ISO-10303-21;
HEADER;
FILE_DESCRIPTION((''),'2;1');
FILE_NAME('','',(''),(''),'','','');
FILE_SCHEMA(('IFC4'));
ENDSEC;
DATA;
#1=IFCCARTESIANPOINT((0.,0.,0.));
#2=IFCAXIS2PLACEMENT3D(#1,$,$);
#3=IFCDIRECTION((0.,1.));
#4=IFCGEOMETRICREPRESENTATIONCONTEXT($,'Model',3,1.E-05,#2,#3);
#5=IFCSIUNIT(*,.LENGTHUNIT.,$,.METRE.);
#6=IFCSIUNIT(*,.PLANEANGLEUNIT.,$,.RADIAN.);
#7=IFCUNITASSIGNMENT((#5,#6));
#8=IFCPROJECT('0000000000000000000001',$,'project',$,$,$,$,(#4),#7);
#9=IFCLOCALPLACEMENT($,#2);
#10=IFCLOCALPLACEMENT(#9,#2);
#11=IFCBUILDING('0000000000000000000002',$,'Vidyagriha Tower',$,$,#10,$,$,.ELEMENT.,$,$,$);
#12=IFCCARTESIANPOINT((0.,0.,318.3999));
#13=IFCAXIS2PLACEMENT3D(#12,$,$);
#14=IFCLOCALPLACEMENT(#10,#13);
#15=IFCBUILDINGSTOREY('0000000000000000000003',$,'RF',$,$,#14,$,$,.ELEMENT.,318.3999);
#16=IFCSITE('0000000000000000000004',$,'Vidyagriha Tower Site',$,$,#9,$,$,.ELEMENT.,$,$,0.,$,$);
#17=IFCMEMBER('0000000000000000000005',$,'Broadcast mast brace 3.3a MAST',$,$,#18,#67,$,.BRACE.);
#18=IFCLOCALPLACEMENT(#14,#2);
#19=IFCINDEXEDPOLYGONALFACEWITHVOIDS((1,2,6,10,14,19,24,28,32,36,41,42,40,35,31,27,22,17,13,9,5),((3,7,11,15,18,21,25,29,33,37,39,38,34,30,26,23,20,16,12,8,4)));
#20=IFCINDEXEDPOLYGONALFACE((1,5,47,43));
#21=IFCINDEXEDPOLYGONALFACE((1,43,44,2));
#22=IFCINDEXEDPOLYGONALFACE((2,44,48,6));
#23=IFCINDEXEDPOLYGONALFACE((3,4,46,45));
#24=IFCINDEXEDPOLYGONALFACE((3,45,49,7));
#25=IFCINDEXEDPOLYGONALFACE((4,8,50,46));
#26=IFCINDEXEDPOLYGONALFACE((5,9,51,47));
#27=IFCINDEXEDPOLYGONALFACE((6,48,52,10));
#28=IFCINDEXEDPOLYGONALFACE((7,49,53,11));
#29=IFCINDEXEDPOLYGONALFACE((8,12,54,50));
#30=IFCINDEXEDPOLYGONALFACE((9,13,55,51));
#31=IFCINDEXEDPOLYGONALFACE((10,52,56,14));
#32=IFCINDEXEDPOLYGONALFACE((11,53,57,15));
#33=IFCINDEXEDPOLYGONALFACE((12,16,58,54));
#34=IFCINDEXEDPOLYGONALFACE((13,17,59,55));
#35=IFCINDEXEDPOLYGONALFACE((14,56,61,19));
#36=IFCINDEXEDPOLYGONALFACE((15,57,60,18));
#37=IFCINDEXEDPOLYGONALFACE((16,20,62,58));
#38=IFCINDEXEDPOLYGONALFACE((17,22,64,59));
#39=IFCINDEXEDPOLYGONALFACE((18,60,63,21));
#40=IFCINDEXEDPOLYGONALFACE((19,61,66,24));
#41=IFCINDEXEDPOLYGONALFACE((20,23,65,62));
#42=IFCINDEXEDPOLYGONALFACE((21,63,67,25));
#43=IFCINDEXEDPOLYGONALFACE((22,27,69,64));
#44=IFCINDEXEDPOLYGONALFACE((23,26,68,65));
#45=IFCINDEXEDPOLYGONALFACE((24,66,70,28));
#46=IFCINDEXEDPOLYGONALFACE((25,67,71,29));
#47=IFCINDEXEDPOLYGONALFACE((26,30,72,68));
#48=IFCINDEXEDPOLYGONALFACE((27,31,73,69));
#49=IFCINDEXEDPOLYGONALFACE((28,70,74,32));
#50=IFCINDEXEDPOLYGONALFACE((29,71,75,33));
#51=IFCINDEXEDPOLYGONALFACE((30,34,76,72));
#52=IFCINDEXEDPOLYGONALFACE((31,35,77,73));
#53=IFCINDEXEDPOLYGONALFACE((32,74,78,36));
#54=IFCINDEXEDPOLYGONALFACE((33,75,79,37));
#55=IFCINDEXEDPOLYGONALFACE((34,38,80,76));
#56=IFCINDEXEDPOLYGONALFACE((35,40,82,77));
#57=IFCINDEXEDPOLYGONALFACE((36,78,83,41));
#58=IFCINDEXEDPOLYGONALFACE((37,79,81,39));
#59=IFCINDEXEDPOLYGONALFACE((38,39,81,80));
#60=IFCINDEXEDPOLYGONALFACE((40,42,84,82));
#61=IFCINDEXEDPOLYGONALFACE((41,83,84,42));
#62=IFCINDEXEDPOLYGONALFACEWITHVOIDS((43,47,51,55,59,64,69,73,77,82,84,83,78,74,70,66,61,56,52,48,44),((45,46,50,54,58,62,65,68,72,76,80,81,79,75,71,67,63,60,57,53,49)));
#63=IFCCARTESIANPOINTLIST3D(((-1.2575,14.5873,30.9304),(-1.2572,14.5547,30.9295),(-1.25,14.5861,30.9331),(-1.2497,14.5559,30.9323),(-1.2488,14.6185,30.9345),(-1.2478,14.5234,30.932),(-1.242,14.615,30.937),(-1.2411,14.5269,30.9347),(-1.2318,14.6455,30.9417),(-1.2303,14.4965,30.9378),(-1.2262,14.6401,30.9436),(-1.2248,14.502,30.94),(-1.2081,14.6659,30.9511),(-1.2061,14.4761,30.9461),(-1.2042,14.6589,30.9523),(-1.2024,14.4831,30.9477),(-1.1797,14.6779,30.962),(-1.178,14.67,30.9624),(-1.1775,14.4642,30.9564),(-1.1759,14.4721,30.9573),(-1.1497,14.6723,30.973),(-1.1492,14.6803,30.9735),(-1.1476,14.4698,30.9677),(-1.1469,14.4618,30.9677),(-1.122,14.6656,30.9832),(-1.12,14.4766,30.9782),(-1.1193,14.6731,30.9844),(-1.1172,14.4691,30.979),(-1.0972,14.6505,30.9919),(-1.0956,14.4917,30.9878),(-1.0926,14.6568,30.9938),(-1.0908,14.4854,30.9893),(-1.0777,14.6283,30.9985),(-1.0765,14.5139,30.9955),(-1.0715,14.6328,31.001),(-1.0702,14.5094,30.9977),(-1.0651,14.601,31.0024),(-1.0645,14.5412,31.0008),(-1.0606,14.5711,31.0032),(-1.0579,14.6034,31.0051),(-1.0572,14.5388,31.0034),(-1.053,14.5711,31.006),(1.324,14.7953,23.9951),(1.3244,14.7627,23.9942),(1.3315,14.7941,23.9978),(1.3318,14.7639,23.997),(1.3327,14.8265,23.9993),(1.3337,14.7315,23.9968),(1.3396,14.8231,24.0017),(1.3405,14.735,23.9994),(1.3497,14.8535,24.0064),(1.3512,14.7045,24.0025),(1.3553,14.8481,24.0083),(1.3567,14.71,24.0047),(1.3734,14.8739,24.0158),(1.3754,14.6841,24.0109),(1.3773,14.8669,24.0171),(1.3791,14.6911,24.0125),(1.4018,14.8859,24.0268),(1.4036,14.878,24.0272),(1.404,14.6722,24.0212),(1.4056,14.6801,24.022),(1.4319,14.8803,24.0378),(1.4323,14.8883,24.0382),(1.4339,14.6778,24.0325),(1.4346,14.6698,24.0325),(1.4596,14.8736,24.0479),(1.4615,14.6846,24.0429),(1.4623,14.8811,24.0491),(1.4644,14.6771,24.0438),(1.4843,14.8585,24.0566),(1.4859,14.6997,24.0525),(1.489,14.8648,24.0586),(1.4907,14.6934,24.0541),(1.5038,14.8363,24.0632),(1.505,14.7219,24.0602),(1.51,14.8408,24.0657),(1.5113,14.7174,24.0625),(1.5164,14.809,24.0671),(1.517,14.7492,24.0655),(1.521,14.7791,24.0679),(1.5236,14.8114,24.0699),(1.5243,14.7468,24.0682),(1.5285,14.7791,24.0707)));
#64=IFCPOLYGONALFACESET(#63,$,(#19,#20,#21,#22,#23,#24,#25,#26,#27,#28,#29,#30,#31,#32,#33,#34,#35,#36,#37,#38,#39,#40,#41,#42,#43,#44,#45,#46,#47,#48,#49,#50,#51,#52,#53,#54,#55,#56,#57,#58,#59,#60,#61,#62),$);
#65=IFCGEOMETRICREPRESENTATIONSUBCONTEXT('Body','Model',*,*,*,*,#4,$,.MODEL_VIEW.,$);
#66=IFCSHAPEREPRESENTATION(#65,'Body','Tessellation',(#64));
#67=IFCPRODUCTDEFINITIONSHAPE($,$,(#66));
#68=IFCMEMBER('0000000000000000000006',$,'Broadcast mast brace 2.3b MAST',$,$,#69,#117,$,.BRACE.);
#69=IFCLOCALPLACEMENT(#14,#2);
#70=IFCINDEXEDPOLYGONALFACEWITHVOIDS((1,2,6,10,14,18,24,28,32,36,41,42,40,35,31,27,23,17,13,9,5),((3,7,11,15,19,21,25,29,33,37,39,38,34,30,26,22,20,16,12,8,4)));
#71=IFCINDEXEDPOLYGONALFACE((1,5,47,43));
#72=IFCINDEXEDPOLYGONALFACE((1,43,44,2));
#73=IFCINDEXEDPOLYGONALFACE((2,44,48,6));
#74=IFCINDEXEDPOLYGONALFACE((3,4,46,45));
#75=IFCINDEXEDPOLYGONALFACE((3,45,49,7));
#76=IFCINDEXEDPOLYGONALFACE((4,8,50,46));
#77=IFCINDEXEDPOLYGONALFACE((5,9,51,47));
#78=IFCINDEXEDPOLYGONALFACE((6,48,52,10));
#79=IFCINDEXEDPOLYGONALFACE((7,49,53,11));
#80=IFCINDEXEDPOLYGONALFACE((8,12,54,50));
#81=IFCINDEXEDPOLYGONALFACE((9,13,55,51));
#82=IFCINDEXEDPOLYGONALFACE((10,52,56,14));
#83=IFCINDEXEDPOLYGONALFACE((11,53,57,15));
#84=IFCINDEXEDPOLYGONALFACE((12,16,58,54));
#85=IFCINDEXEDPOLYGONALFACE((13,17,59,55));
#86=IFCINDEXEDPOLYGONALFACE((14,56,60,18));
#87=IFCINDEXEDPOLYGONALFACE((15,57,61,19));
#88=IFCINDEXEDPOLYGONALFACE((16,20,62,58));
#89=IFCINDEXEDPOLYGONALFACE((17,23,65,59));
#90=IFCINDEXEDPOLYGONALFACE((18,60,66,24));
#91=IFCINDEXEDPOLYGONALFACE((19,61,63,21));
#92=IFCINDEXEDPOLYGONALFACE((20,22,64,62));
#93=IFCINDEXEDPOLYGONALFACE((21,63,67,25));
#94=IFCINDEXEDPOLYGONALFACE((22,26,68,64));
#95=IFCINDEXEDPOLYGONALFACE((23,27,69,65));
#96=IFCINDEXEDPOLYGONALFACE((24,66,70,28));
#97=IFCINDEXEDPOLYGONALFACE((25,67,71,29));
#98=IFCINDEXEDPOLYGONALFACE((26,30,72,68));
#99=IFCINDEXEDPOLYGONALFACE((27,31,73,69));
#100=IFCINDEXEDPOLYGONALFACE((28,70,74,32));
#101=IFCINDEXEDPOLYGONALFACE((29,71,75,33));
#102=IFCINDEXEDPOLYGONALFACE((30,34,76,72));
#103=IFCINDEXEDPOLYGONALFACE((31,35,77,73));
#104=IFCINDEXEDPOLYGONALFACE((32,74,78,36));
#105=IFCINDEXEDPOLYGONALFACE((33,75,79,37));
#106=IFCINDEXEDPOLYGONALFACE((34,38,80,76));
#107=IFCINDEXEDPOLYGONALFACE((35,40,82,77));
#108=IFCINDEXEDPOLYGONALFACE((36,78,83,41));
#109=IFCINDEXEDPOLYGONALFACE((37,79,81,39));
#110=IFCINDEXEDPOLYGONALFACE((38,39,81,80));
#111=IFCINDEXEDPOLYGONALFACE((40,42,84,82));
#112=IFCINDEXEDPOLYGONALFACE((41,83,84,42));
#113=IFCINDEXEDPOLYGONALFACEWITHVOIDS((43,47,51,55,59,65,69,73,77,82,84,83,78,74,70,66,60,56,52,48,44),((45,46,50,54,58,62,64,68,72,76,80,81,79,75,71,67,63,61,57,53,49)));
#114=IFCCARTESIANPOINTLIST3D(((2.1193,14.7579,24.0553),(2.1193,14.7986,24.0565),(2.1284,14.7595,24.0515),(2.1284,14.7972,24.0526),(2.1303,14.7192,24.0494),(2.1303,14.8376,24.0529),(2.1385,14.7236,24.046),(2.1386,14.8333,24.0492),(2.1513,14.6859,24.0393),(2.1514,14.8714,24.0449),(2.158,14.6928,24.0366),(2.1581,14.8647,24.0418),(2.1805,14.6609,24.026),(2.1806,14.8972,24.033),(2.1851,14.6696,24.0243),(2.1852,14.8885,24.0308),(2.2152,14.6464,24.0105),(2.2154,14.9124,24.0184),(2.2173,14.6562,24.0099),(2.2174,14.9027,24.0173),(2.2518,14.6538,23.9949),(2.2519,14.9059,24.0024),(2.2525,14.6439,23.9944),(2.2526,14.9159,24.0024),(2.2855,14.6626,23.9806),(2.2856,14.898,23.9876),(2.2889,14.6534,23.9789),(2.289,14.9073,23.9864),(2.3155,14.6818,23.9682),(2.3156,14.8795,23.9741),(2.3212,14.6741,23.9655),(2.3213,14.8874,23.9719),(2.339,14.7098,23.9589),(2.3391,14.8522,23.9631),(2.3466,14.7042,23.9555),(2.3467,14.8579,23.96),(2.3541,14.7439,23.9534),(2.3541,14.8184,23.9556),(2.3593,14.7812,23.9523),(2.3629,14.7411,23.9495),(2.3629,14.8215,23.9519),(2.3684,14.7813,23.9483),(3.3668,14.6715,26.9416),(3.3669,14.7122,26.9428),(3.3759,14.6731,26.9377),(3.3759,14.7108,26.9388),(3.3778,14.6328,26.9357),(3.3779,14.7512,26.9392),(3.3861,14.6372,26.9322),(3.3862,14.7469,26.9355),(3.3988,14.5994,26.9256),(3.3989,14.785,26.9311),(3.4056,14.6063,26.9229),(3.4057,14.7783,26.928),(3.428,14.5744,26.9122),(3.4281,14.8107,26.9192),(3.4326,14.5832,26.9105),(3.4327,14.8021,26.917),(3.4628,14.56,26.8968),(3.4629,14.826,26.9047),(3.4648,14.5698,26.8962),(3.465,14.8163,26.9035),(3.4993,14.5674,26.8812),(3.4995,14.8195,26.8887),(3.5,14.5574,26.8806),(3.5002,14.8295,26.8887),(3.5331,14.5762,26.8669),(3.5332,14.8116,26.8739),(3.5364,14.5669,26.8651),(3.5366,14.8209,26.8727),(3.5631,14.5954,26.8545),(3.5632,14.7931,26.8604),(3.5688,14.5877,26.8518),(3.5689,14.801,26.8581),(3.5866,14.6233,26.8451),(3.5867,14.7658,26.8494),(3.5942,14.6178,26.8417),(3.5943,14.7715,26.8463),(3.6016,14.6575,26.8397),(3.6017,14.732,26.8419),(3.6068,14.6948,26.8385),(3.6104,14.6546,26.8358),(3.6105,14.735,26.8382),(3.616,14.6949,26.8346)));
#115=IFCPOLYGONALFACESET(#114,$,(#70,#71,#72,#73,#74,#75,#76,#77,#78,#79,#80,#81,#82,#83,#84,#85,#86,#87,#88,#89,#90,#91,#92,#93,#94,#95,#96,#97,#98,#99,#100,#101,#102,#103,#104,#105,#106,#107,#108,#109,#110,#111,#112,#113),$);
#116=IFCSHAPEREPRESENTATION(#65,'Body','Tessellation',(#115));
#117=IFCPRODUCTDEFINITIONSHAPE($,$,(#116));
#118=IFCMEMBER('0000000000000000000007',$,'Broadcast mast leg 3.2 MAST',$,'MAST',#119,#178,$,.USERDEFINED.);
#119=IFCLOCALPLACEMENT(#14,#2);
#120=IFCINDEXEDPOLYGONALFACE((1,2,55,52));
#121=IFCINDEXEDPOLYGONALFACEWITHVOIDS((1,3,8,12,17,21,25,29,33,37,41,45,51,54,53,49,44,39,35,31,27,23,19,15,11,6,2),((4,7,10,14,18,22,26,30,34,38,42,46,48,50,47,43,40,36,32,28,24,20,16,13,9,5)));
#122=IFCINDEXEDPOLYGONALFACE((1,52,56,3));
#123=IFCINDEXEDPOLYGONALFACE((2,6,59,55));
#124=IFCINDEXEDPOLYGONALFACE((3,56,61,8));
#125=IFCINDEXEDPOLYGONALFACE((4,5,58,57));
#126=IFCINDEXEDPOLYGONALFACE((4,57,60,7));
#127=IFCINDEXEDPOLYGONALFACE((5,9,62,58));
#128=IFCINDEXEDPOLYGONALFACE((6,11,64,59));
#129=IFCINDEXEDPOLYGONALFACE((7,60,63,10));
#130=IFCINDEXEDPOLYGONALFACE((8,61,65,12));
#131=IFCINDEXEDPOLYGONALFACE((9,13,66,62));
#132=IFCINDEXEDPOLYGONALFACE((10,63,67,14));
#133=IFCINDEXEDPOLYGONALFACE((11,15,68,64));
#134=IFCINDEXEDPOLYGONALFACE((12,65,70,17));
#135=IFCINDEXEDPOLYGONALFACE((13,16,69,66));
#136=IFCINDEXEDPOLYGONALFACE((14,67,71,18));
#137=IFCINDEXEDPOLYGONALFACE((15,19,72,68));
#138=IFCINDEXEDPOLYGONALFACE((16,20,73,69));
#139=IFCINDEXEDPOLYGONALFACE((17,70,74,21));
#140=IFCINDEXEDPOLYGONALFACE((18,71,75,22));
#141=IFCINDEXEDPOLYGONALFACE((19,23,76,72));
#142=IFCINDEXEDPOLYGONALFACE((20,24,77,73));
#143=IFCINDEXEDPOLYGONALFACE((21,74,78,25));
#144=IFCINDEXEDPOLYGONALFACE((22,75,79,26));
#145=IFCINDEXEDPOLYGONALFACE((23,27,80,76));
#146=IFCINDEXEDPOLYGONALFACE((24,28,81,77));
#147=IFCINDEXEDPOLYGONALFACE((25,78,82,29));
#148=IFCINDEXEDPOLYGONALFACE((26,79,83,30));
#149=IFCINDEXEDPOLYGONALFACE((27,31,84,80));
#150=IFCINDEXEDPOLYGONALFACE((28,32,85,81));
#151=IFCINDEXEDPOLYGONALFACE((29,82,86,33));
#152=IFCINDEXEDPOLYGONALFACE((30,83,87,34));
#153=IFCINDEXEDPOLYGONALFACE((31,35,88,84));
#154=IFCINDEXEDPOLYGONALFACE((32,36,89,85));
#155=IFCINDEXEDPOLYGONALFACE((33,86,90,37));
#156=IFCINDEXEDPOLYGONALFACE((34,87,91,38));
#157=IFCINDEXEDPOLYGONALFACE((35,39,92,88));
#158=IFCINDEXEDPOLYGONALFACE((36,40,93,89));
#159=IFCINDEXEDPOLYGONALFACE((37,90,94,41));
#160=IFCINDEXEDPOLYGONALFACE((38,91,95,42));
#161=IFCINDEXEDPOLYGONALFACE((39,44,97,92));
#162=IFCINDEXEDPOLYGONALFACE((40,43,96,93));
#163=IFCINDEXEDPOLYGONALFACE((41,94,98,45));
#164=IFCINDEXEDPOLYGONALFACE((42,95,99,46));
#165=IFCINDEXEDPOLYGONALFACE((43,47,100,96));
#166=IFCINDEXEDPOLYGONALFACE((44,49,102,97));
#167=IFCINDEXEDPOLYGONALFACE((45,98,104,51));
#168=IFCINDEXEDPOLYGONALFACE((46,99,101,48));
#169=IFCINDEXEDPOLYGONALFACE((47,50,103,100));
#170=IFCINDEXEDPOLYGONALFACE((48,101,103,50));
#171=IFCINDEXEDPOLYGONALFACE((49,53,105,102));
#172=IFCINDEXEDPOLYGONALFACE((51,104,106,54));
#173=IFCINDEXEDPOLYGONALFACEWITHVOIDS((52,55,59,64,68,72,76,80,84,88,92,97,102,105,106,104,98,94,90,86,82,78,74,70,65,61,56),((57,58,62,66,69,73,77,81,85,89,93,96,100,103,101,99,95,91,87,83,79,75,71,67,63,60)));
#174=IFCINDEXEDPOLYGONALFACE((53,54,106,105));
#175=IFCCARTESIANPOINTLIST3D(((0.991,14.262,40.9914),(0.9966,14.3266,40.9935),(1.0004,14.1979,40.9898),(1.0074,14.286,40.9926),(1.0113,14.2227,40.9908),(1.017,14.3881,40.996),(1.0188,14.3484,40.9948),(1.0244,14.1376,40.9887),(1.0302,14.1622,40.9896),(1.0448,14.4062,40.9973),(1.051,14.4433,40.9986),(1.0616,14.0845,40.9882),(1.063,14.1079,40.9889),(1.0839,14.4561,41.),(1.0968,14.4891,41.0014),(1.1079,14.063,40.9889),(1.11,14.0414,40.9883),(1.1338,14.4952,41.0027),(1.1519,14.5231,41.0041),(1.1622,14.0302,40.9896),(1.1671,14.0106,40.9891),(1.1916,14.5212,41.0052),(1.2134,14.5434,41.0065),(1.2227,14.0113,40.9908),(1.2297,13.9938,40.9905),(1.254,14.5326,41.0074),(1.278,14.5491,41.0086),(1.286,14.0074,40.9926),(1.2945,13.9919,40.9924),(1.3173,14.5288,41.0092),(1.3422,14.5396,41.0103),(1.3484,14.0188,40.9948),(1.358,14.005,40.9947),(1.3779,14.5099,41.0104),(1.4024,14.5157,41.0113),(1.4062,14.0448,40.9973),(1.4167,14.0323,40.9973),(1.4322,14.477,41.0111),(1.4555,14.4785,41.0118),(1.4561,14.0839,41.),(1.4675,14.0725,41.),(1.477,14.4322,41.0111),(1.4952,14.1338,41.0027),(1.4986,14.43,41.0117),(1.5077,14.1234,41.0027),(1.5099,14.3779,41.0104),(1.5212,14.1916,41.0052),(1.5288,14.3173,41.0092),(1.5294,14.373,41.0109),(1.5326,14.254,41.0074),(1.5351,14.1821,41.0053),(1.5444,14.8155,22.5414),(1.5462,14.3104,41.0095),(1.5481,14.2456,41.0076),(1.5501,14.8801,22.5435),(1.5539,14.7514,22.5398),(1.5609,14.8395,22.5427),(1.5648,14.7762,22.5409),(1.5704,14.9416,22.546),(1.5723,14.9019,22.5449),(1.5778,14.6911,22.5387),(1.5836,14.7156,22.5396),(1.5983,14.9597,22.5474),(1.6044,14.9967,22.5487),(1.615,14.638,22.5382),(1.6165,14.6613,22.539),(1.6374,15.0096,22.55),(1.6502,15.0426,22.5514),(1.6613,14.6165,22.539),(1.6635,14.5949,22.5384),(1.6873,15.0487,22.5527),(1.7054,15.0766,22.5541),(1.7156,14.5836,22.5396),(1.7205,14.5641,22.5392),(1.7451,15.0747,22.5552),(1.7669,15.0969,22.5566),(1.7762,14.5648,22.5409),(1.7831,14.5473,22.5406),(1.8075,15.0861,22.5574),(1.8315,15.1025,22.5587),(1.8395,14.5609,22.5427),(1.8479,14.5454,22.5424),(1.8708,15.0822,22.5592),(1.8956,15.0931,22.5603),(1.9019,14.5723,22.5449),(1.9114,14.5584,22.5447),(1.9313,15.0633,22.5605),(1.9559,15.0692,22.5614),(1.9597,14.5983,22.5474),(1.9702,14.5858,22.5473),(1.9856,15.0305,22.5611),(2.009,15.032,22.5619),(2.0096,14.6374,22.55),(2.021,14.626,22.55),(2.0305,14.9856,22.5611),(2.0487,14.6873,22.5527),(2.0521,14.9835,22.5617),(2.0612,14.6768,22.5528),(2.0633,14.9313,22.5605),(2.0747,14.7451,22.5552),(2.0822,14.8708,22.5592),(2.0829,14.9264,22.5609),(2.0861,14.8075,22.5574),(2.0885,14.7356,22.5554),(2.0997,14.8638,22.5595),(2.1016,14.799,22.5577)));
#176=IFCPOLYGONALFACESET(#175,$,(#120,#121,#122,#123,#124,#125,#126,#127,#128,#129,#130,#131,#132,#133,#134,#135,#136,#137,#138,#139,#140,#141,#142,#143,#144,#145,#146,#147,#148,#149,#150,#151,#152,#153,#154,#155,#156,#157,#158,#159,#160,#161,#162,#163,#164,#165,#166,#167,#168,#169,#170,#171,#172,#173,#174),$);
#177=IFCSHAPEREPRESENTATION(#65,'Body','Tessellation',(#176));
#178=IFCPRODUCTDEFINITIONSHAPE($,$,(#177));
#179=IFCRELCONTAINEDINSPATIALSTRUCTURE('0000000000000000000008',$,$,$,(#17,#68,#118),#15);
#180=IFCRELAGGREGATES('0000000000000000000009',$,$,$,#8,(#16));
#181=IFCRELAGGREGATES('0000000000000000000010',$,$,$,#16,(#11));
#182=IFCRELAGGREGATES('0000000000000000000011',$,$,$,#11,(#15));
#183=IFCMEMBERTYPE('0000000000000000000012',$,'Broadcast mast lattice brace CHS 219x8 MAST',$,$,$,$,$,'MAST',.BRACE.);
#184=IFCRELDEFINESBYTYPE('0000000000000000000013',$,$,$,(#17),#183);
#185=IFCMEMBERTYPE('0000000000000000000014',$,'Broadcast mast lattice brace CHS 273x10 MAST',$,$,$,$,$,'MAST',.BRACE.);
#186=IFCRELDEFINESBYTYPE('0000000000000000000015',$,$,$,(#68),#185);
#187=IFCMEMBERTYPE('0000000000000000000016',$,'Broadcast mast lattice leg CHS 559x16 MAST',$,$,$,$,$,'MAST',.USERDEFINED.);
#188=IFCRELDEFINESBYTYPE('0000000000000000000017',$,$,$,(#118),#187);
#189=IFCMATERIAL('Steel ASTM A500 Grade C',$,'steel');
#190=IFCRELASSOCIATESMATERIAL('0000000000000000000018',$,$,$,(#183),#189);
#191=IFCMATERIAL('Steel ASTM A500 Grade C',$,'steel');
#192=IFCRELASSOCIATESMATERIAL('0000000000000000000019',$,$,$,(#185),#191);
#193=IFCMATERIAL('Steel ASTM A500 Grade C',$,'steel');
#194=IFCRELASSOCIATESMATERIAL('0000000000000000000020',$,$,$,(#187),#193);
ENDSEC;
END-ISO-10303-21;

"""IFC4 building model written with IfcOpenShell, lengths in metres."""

from ifc_helpers import new_model, si_unit, direction, frame, origin, origin_2d, place, context, subcontext, project, spatial, hollow_circle, extrude, material, material_profile, profile_set, type_object, element, save


model = new_model("IFC4")

# Units and contexts
model_context = context("Model", 3, precision=1e-05, world=origin(), true_north=direction((0.0, 1.0)))
body_context = subcontext(model_context, "Body", "Model", "MODEL_VIEW")
ifc_project = project(units=[si_unit("LENGTHUNIT", "METRE"), si_unit("PLANEANGLEUNIT", "RADIAN")], contexts=[model_context])

# Site, building, storey
site_placement = place(None, origin())
site = spatial("IfcSite", under=ifc_project, at=site_placement, Name="Vidyagriha Tower Site", CompositionType="ELEMENT", RefElevation=0.0)
building_placement = place(site_placement, origin())
building = spatial("IfcBuilding", under=site, at=building_placement, Name="Vidyagriha Tower", CompositionType="ELEMENT")
storey_placement = place(building_placement, frame((0.0, 0.0, 318.3999)))
storey = spatial("IfcBuildingStorey", under=building, at=storey_placement, Name="RF", CompositionType="ELEMENT", Elevation=318.3999)

# Members
ifc_material_1 = material(Name="Steel ASTM A500 Grade C", Category="steel")
ifc_material_profile_1 = material_profile(ifc_material_1, hollow_circle(Radius=0.1096, WallThickness=0.0081, at=origin_2d()), Name="Broadcast mast lattice brace CHS 219x8 MAST")
ifc_profile_set_1 = profile_set([ifc_material_profile_1], Name="Steel ASTM A500 Grade C")
member_type_1 = type_object("IfcMemberType", Name="Broadcast mast lattice brace CHS 219x8 MAST", ElementType="MAST", PredefinedType="BRACE", material=ifc_profile_set_1)
member_1_placement = place(storey_placement, frame((1.4258, 14.7791, 24.0325), z_axis=(-0.348711, -0.028097, 0.936809), x_axis=(0.080315, -0.99677, 0.0)))
element("IfcMember", 1, at=member_1_placement, inside=storey, type_object=member_type_1, Name="Broadcast mast brace 3.3a MAST", PredefinedType="BRACE", context=body_context, shape_type="SweptSolid", body=[
    extrude(hollow_circle(Radius=0.1096, WallThickness=0.0081, at=origin_2d()), origin(), (0.0, 0.0, 1.0), 7.4031),
])
ifc_material_2 = material(Name="Steel ASTM A500 Grade C", Category="steel")
ifc_material_profile_2 = material_profile(ifc_material_2, hollow_circle(Radius=0.1365, WallThickness=0.01, at=origin_2d()), Name="Broadcast mast lattice brace CHS 273x10 MAST")
ifc_profile_set_2 = profile_set([ifc_material_profile_2], Name="Steel ASTM A500 Grade C")
member_type_2 = type_object("IfcMemberType", Name="Broadcast mast lattice brace CHS 273x10 MAST", ElementType="MAST", PredefinedType="BRACE", material=ifc_profile_set_2)
member_2_placement = place(storey_placement, frame((2.2432, 14.7798, 24.0024), z_axis=(0.396616, -0.027476, 0.917573), x_axis=(0.06911, 0.997609, 0.0)))
element("IfcMember", 2, at=member_2_placement, inside=storey, type_object=member_type_2, Name="Broadcast mast brace 2.3b MAST", PredefinedType="BRACE", context=body_context, shape_type="SweptSolid", body=[
    extrude(hollow_circle(Radius=0.1365, WallThickness=0.01, at=origin_2d()), origin(), (0.0, 0.0, 1.0), 3.1455),
])
ifc_material_3 = material(Name="Steel ASTM A500 Grade C", Category="steel")
ifc_material_profile_3 = material_profile(ifc_material_3, hollow_circle(Radius=0.2793, WallThickness=0.0161, at=origin_2d()), Name="Broadcast mast lattice leg CHS 559x16 MAST")
ifc_profile_set_3 = profile_set([ifc_material_profile_3], Name="Steel ASTM A500 Grade C")
member_type_3 = type_object("IfcMemberType", Name="Broadcast mast lattice leg CHS 559x16 MAST", ElementType="MAST", PredefinedType="USERDEFINED", material=ifc_profile_set_3)
member_3_placement = place(storey_placement, frame((1.8235, 14.8235, 22.55), z_axis=(-0.029971, -0.029971, 0.999101), x_axis=(0.707107, -0.707107, 0.0)))
element("IfcMember", 3, at=member_3_placement, inside=storey, type_object=member_type_3, Name="Broadcast mast leg 3.2 MAST", ObjectType="MAST", PredefinedType="USERDEFINED", context=body_context, shape_type="SweptSolid", body=[
    extrude(hollow_circle(Radius=0.2793, WallThickness=0.0161, at=origin_2d()), origin(), (0.0, 0.0, 1.0), 18.4666),
])

save(model, "model.ifc")
